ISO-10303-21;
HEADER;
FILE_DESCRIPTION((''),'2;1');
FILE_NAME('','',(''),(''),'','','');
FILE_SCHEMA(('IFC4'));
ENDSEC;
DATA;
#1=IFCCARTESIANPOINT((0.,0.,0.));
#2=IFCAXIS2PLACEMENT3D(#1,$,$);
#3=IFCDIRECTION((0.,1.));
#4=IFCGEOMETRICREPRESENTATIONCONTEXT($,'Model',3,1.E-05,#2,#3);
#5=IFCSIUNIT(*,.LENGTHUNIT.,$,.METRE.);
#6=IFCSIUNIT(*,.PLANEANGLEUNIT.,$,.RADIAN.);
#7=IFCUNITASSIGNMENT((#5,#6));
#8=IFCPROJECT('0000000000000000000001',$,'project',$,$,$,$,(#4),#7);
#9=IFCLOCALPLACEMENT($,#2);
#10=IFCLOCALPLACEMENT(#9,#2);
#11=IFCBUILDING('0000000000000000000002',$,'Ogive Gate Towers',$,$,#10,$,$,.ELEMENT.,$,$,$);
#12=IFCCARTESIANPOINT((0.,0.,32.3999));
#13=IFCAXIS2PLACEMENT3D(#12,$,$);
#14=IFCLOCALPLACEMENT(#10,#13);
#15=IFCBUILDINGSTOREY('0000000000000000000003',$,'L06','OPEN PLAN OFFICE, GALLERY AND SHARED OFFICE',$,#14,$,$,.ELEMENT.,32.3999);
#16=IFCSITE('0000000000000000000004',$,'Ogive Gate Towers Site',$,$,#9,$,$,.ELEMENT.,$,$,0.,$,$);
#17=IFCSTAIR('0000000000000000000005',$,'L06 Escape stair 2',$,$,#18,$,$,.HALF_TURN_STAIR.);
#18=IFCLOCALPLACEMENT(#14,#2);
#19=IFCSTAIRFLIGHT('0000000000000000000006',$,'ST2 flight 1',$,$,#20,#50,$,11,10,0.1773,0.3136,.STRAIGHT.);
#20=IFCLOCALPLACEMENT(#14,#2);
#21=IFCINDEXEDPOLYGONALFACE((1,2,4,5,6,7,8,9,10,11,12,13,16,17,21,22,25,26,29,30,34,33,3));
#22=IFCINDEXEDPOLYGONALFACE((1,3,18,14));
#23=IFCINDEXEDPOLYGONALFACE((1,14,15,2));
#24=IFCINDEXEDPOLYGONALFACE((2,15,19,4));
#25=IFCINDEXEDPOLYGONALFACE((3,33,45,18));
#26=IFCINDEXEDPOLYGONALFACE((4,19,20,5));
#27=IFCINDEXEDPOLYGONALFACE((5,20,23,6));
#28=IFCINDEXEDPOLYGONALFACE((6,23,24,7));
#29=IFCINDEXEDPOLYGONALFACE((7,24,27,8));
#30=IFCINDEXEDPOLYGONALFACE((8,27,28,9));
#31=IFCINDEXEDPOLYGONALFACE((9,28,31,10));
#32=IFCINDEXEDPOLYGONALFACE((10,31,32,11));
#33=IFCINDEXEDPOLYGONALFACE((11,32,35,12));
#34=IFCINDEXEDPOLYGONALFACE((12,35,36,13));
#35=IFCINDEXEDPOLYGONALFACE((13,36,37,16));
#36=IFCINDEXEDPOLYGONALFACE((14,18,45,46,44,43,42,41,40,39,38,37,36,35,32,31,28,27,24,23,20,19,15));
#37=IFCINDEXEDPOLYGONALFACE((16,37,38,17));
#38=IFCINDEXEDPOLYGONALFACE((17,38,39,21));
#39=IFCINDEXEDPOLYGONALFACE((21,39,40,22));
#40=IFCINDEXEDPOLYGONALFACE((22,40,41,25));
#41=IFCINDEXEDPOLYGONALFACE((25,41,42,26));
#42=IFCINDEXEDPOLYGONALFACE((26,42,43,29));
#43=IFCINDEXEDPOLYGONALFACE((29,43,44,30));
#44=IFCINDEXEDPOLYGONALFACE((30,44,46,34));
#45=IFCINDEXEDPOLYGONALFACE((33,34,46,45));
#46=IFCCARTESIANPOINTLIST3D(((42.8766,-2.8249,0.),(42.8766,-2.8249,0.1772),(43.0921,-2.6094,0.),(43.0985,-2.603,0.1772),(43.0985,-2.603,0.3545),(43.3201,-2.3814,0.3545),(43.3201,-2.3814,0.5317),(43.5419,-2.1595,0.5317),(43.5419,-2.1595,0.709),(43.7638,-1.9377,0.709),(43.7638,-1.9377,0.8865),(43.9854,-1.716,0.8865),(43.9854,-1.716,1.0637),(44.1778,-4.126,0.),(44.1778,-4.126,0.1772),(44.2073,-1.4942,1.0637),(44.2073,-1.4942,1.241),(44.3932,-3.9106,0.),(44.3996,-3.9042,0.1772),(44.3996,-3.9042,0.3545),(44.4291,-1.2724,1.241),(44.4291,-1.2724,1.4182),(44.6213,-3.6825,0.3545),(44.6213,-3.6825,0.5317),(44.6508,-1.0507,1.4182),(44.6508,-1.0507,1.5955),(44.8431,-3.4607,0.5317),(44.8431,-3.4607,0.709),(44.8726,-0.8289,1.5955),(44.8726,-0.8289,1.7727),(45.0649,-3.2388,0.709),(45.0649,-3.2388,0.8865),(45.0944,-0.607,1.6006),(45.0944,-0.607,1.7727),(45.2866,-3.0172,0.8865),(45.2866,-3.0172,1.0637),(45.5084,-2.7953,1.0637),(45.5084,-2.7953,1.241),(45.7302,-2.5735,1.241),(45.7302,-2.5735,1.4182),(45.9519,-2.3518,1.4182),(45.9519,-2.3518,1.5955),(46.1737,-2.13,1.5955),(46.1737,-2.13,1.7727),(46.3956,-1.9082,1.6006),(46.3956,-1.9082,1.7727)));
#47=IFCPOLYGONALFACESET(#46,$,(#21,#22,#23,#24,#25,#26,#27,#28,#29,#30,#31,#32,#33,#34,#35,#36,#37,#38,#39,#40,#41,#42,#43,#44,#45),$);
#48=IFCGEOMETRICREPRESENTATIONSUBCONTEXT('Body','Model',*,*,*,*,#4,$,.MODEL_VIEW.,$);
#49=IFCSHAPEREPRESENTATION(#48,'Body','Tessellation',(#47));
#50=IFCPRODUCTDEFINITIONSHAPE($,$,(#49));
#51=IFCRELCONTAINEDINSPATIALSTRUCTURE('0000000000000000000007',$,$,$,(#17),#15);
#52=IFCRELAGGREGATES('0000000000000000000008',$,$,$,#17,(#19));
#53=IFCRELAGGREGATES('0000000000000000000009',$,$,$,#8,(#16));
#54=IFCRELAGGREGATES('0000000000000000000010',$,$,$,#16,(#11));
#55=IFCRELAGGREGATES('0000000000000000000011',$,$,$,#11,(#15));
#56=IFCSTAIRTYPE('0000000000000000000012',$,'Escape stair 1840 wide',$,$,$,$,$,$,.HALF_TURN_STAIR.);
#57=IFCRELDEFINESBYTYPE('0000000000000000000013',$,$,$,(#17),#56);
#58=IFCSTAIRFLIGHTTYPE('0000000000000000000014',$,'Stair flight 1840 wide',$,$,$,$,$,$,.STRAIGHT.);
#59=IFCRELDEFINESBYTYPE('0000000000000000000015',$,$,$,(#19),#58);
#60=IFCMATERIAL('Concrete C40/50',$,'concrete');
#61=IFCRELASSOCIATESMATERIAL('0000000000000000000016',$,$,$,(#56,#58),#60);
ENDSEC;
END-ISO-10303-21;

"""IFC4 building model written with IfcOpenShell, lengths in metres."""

from ifc_helpers import new_model, si_unit, direction, frame, origin, place, context, subcontext, project, spatial, polyline, outline, extrude, material, type_object, element, aggregate, save


model = new_model("IFC4")

# Units and contexts
model_context = context("Model", 3, precision=1e-05, world=origin(), true_north=direction((0.0, 1.0)))
body_context = subcontext(model_context, "Body", "Model", "MODEL_VIEW")
ifc_project = project(units=[si_unit("LENGTHUNIT", "METRE"), si_unit("PLANEANGLEUNIT", "RADIAN")], contexts=[model_context])

# Site, building, storey
site_placement = place(None, origin())
site = spatial("IfcSite", under=ifc_project, at=site_placement, Name="Ogive Gate Towers Site", CompositionType="ELEMENT", RefElevation=0.0)
building_placement = place(site_placement, origin())
building = spatial("IfcBuilding", under=site, at=building_placement, Name="Ogive Gate Towers", CompositionType="ELEMENT")
storey_placement = place(building_placement, frame((0.0, 0.0, 32.3999)))
storey = spatial("IfcBuildingStorey", under=building, at=storey_placement, Name="L06", Description="OPEN PLAN OFFICE, GALLERY AND SHARED OFFICE", CompositionType="ELEMENT", Elevation=32.3999)

# Stair, stair flight
ifc_material_1 = material(Name="Concrete C40/50", Category="concrete")
stair_type = type_object("IfcStairType", Name="Escape stair 1840 wide", PredefinedType="HALF_TURN_STAIR", material=ifc_material_1)
stair_placement = place(storey_placement, origin())
stair = element("IfcStair", 1, at=stair_placement, inside=storey, type_object=stair_type, Name="L06 Escape stair 2", PredefinedType="HALF_TURN_STAIR")
stair_flight_type = type_object("IfcStairFlightType", Name="Stair flight 1840 wide", PredefinedType="STRAIGHT", material=ifc_material_1)
stair_flight_placement = place(storey_placement, frame((43.5271, -3.4753, 0.0), z_axis=(0.0, 0.0, 1.0), x_axis=(0.707107, 0.707107, 0.0)))
stair_flight = element("IfcStairFlight", 2, at=stair_flight_placement, type_object=stair_flight_type, Name="ST2 flight 1", NumberOfRisers=11, NumberOfTreads=10, PredefinedType="STRAIGHT", RiserHeight=0.1773, TreadLength=0.3136, context=body_context, shape_type="SweptSolid", body=[
    extrude(outline(polyline([(0.0, 0.0), (0.0, 0.1772), (0.3137, 0.1772), (0.3137, 0.3545), (0.6272, 0.3545), (0.6272, 0.5317), (0.9409, 0.5317), (0.9409, 0.709), (1.2546, 0.709), (1.2546, 0.8865), (1.5681, 0.8865), (1.5681, 1.0637), (1.8818, 1.0637), (1.8818, 1.241), (2.1956, 1.241), (2.1956, 1.4182), (2.509, 1.4182), (2.509, 1.5955), (2.8228, 1.5955), (2.8228, 1.7727), (3.1365, 1.7727), (3.1365, 1.95), (3.1365, 1.6006), (0.3047, 0.0), (0.0, 0.0)])), frame((0.0, 0.9199, 0.0), z_axis=(0.0, -1.0, 0.0), x_axis=(1.0, 0.0, 0.0)), (0.0, 0.0, 1.0), 1.8401),
])
aggregate(stair, [stair_flight])

save(model, "model.ifc")
